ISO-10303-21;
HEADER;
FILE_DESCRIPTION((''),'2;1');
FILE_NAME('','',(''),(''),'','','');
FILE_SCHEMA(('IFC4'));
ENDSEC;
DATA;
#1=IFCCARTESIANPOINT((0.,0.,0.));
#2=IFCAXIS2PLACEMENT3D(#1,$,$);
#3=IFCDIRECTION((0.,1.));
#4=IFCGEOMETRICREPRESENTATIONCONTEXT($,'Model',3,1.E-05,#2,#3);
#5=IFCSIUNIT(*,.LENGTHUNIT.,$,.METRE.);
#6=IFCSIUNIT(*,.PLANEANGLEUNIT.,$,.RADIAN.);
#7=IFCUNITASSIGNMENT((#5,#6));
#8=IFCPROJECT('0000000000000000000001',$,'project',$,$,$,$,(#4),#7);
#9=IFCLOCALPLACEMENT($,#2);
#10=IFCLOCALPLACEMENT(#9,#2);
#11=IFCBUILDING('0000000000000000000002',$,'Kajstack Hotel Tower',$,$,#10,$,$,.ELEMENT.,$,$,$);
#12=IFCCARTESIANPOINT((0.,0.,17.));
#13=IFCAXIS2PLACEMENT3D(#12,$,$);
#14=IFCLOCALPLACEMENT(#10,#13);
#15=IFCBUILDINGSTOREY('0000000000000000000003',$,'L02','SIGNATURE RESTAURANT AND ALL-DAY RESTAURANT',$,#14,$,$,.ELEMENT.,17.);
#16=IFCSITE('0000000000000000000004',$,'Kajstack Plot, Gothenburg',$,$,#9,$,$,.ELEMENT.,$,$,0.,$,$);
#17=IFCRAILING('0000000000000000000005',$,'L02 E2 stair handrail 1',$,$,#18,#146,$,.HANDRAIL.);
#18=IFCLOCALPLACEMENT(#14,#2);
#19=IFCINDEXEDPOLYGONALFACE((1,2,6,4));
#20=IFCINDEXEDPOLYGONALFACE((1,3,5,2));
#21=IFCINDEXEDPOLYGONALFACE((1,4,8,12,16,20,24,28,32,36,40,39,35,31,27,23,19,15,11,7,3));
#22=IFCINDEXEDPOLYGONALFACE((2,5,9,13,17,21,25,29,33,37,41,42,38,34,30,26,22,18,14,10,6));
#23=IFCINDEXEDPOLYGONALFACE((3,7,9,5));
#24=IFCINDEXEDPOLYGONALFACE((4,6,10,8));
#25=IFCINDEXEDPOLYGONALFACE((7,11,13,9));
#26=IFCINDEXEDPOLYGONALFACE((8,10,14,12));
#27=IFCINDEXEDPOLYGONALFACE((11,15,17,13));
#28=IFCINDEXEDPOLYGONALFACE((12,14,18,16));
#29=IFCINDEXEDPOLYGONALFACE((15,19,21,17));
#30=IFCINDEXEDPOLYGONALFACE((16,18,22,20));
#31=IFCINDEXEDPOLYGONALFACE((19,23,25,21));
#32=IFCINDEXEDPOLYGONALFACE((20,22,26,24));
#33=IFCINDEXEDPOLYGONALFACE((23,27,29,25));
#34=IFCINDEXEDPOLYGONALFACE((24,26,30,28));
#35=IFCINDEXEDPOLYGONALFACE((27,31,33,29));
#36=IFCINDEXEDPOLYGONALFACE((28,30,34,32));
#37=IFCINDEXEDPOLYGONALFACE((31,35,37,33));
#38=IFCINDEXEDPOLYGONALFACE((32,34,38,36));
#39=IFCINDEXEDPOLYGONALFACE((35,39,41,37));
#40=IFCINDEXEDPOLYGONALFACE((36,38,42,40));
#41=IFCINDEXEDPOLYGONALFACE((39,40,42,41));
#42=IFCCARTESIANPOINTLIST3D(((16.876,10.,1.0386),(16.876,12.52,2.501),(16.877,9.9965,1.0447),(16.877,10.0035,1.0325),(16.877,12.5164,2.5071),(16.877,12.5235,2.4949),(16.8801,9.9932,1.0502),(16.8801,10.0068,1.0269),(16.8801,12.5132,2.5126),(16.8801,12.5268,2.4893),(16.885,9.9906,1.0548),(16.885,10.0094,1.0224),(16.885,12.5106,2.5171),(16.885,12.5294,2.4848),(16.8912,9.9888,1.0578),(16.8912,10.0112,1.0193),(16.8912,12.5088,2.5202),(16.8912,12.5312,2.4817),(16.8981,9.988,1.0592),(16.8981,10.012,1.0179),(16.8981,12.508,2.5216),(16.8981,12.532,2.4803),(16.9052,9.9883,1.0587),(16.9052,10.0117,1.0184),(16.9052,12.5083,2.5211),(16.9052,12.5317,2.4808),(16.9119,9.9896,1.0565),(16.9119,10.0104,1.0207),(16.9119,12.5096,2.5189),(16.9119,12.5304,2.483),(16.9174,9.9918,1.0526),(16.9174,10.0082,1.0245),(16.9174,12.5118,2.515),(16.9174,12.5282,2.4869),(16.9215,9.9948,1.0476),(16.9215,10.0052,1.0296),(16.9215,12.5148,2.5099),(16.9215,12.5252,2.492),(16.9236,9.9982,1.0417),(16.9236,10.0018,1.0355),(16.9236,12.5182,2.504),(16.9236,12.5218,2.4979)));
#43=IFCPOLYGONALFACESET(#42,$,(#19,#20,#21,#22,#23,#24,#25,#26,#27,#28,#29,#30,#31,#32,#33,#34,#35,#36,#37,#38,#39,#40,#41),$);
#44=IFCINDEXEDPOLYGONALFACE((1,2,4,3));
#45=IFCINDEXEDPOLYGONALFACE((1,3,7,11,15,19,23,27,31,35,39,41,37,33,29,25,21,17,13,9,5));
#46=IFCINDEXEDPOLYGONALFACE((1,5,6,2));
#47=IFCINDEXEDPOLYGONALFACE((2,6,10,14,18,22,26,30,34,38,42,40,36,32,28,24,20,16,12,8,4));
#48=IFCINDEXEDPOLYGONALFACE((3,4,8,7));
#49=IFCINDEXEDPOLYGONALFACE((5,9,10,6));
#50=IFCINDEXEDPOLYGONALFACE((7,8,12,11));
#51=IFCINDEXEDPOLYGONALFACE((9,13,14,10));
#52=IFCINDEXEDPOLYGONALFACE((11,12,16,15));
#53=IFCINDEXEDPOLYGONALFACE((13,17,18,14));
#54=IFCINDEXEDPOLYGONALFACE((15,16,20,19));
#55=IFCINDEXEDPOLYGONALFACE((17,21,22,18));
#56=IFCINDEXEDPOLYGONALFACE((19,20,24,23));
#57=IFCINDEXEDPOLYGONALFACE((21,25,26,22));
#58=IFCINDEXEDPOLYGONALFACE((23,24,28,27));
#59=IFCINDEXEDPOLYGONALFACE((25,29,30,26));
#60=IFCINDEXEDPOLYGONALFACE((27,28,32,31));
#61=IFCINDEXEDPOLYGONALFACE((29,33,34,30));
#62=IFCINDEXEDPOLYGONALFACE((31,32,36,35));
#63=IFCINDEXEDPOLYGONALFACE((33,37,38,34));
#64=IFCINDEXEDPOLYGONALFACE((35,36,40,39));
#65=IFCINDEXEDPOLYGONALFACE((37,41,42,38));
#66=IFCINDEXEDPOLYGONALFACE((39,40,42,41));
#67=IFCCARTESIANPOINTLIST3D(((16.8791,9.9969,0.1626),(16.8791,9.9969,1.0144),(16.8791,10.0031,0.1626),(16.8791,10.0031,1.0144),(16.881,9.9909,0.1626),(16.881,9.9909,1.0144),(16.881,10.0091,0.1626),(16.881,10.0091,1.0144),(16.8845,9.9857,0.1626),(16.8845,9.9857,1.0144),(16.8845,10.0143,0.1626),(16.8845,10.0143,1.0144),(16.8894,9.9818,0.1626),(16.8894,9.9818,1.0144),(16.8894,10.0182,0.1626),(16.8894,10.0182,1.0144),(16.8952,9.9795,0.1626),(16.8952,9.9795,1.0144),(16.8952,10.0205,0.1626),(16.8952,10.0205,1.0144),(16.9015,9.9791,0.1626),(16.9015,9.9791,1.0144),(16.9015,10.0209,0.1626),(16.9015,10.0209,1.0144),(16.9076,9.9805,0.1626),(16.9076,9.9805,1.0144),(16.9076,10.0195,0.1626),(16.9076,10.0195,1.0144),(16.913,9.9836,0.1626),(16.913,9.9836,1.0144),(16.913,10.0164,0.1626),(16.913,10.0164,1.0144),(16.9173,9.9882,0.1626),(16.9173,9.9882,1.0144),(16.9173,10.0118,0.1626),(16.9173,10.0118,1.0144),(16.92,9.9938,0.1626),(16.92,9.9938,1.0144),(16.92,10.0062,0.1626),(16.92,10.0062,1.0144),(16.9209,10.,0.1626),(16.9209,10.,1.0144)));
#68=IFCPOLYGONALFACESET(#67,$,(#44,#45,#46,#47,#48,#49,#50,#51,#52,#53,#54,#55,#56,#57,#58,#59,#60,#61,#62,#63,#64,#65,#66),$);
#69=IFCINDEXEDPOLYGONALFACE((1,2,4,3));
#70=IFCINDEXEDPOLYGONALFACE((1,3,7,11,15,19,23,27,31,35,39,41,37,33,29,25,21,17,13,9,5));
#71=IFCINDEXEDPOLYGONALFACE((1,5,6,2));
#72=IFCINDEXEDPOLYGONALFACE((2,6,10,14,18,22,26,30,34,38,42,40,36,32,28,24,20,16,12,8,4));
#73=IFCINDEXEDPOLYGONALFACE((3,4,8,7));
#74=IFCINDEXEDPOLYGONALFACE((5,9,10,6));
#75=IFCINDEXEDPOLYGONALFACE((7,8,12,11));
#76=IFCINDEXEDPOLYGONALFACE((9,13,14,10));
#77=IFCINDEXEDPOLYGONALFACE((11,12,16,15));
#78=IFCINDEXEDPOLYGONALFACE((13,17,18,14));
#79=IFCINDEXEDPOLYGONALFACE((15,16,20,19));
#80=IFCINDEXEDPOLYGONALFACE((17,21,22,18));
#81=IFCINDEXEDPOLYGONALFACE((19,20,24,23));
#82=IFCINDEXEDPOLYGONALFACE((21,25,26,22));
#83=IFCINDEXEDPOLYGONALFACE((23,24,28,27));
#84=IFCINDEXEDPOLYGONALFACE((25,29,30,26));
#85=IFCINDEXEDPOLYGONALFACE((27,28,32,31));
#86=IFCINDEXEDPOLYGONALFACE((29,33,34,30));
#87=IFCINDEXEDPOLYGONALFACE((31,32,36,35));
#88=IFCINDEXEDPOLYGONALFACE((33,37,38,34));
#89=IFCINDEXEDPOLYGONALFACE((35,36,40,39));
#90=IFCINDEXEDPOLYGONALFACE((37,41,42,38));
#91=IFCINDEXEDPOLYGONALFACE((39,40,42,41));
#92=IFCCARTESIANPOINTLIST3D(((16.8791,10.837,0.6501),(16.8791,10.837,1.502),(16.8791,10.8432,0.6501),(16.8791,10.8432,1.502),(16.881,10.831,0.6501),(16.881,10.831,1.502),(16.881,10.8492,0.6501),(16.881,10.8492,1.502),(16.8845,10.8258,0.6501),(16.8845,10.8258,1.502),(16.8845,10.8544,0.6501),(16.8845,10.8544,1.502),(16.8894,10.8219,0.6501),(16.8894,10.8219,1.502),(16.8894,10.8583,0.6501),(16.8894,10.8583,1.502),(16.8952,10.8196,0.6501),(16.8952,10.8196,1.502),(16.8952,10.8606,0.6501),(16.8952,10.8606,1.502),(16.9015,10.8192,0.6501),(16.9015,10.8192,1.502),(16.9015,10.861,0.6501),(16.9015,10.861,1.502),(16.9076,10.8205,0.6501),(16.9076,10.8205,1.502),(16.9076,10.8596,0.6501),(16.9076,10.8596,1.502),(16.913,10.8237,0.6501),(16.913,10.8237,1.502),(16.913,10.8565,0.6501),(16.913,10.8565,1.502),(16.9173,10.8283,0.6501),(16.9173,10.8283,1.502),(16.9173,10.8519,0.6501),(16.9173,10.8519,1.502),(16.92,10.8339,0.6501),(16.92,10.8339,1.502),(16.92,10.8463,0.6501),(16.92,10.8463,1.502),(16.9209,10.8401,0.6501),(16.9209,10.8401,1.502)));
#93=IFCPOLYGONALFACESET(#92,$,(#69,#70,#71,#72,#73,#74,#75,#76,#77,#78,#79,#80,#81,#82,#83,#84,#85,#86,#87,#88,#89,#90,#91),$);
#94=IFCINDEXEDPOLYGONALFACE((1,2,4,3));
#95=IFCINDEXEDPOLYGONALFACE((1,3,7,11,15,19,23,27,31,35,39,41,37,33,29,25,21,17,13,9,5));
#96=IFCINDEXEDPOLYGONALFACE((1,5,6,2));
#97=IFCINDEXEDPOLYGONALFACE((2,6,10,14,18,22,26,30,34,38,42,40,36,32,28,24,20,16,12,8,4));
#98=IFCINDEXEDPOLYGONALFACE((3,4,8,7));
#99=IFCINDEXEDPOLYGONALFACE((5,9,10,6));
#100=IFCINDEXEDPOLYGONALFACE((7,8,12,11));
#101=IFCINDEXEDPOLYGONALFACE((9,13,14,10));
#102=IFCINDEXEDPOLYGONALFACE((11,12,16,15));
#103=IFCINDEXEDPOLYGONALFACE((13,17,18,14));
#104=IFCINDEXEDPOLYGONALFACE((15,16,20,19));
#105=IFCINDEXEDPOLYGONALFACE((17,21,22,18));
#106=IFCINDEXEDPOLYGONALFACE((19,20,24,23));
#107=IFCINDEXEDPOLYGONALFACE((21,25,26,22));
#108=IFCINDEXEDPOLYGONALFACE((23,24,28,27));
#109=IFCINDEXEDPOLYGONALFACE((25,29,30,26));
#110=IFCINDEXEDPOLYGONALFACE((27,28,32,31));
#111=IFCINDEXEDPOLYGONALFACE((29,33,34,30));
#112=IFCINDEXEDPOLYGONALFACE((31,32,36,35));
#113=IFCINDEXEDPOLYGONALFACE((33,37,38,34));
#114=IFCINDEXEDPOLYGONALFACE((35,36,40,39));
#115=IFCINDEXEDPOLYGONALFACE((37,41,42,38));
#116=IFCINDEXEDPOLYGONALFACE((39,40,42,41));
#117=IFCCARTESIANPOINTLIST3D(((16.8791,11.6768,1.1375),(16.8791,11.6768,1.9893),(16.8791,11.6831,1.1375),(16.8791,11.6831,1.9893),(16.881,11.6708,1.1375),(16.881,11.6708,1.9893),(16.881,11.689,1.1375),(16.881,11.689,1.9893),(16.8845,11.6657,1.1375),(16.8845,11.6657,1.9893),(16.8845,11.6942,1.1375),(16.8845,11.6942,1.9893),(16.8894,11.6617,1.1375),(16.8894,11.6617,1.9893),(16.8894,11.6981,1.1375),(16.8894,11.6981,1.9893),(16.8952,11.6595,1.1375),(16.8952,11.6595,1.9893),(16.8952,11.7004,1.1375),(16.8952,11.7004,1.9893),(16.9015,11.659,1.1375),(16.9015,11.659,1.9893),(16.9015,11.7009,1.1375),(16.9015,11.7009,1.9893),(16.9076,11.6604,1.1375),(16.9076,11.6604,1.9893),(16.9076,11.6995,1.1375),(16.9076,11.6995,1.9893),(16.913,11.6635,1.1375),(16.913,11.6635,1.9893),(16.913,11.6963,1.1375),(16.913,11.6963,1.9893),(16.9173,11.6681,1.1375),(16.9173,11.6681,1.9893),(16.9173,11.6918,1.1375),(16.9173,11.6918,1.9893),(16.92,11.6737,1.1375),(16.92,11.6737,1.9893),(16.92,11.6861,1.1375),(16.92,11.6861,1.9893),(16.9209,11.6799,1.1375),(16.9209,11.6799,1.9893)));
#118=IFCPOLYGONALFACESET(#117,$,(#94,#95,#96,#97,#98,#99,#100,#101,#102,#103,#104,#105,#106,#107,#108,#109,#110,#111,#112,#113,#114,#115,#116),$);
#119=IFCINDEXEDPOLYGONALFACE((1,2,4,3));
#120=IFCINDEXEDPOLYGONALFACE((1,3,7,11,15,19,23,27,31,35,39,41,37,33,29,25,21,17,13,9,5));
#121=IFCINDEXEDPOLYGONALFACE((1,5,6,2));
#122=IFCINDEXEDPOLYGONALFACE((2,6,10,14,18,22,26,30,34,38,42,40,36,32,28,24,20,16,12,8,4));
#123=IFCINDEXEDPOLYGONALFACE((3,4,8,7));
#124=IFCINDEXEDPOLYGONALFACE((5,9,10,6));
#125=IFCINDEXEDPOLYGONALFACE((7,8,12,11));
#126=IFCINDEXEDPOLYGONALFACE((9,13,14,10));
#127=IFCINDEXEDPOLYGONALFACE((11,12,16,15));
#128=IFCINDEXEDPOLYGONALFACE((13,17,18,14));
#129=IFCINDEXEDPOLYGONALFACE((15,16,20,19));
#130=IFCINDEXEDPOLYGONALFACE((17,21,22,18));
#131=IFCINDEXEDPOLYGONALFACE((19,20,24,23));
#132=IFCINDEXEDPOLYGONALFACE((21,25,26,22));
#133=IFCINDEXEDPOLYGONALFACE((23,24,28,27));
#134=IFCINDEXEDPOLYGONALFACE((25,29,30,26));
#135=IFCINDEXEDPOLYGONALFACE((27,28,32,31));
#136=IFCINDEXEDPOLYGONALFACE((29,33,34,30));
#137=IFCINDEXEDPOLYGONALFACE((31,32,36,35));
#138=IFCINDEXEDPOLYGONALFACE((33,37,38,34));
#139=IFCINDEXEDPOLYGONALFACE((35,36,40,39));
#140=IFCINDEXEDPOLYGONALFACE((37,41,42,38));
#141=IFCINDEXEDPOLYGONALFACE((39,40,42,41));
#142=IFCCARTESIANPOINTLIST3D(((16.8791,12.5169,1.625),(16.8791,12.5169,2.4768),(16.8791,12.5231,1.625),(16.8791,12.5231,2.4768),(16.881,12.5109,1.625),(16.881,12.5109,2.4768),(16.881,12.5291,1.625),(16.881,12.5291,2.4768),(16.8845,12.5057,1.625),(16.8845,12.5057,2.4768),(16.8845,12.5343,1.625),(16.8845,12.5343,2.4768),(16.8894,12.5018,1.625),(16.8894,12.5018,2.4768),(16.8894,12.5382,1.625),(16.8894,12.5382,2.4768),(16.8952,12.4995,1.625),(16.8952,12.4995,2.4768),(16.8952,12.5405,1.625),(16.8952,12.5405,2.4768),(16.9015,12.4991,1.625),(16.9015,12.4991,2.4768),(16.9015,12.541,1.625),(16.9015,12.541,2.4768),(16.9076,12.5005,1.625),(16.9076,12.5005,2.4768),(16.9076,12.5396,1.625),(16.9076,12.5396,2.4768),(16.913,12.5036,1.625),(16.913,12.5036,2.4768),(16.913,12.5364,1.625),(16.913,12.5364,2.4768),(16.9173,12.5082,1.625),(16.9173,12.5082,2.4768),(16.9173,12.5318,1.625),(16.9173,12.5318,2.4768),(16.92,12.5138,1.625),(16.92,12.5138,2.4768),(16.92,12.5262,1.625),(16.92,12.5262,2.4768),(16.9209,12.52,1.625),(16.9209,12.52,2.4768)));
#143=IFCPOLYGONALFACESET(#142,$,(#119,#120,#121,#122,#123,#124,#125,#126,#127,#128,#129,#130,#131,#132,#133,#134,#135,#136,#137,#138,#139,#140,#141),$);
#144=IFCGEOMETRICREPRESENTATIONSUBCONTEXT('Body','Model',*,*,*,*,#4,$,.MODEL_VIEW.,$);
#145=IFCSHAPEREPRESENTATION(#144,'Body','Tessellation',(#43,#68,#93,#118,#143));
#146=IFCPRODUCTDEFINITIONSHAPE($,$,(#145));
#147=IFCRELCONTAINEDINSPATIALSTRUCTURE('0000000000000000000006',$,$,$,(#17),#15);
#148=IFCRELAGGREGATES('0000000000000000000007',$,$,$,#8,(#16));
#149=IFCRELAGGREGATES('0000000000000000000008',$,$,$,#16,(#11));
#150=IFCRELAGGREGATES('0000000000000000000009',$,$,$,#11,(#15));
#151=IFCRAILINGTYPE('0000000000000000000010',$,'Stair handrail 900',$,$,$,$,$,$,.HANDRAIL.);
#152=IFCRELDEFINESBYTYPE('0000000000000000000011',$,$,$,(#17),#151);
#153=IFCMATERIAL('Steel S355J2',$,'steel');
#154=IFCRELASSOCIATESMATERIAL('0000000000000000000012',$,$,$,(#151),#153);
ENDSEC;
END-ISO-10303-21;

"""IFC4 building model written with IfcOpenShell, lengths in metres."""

from ifc_helpers import new_model, si_unit, direction, frame, origin, origin_2d, place, context, subcontext, project, spatial, circle, extrude, material, type_object, element, save


model = new_model("IFC4")

# Units and contexts
model_context = context("Model", 3, precision=1e-05, world=origin(), true_north=direction((0.0, 1.0)))
body_context = subcontext(model_context, "Body", "Model", "MODEL_VIEW")
ifc_project = project(units=[si_unit("LENGTHUNIT", "METRE"), si_unit("PLANEANGLEUNIT", "RADIAN")], contexts=[model_context])

# Site, building, storey
site_placement = place(None, origin())
site = spatial("IfcSite", under=ifc_project, at=site_placement, Name="Kajstack Plot, Gothenburg", CompositionType="ELEMENT", RefElevation=0.0)
building_placement = place(site_placement, origin())
building = spatial("IfcBuilding", under=site, at=building_placement, Name="Kajstack Hotel Tower", CompositionType="ELEMENT")
storey_placement = place(building_placement, frame((0.0, 0.0, 17.0)))
storey = spatial("IfcBuildingStorey", under=building, at=storey_placement, Name="L02", Description="SIGNATURE RESTAURANT AND ALL-DAY RESTAURANT", CompositionType="ELEMENT", Elevation=17.0)

# Railing
ifc_material_1 = material(Name="Steel S355J2", Category="steel")
railing_type_1 = type_object("IfcRailingType", Name="Stair handrail 900", PredefinedType="HANDRAIL", material=ifc_material_1)
railing_1_placement = place(storey_placement, frame((16.8999, 10.0, 0.1626)))
element("IfcRailing", 1, at=railing_1_placement, inside=storey, type_object=railing_type_1, Name="L02 E2 stair handrail 1", PredefinedType="HANDRAIL", context=body_context, shape_type="SweptSolid", body=[
    extrude(circle(Radius=0.0239, at=origin_2d()), frame((0.0, 0.0, 0.876), z_axis=(0.0, 0.864913, 0.501921), x_axis=(-1.0, 0.0, 0.0)), (0.0, 0.0, 1.0), 2.9136),
    extrude(circle(Radius=0.021, at=origin_2d()), origin(), (0.0, 0.0, 1.0), 0.8518),
    extrude(circle(Radius=0.021, at=origin_2d()), frame((0.0, 0.8401, 0.4875)), (0.0, 0.0, 1.0), 0.8518),
    extrude(circle(Radius=0.021, at=origin_2d()), frame((0.0, 1.6799, 0.9749)), (0.0, 0.0, 1.0), 0.8518),
    extrude(circle(Radius=0.021, at=origin_2d()), frame((0.0, 2.52, 1.4624)), (0.0, 0.0, 1.0), 0.8518),
])

save(model, "model.ifc")
